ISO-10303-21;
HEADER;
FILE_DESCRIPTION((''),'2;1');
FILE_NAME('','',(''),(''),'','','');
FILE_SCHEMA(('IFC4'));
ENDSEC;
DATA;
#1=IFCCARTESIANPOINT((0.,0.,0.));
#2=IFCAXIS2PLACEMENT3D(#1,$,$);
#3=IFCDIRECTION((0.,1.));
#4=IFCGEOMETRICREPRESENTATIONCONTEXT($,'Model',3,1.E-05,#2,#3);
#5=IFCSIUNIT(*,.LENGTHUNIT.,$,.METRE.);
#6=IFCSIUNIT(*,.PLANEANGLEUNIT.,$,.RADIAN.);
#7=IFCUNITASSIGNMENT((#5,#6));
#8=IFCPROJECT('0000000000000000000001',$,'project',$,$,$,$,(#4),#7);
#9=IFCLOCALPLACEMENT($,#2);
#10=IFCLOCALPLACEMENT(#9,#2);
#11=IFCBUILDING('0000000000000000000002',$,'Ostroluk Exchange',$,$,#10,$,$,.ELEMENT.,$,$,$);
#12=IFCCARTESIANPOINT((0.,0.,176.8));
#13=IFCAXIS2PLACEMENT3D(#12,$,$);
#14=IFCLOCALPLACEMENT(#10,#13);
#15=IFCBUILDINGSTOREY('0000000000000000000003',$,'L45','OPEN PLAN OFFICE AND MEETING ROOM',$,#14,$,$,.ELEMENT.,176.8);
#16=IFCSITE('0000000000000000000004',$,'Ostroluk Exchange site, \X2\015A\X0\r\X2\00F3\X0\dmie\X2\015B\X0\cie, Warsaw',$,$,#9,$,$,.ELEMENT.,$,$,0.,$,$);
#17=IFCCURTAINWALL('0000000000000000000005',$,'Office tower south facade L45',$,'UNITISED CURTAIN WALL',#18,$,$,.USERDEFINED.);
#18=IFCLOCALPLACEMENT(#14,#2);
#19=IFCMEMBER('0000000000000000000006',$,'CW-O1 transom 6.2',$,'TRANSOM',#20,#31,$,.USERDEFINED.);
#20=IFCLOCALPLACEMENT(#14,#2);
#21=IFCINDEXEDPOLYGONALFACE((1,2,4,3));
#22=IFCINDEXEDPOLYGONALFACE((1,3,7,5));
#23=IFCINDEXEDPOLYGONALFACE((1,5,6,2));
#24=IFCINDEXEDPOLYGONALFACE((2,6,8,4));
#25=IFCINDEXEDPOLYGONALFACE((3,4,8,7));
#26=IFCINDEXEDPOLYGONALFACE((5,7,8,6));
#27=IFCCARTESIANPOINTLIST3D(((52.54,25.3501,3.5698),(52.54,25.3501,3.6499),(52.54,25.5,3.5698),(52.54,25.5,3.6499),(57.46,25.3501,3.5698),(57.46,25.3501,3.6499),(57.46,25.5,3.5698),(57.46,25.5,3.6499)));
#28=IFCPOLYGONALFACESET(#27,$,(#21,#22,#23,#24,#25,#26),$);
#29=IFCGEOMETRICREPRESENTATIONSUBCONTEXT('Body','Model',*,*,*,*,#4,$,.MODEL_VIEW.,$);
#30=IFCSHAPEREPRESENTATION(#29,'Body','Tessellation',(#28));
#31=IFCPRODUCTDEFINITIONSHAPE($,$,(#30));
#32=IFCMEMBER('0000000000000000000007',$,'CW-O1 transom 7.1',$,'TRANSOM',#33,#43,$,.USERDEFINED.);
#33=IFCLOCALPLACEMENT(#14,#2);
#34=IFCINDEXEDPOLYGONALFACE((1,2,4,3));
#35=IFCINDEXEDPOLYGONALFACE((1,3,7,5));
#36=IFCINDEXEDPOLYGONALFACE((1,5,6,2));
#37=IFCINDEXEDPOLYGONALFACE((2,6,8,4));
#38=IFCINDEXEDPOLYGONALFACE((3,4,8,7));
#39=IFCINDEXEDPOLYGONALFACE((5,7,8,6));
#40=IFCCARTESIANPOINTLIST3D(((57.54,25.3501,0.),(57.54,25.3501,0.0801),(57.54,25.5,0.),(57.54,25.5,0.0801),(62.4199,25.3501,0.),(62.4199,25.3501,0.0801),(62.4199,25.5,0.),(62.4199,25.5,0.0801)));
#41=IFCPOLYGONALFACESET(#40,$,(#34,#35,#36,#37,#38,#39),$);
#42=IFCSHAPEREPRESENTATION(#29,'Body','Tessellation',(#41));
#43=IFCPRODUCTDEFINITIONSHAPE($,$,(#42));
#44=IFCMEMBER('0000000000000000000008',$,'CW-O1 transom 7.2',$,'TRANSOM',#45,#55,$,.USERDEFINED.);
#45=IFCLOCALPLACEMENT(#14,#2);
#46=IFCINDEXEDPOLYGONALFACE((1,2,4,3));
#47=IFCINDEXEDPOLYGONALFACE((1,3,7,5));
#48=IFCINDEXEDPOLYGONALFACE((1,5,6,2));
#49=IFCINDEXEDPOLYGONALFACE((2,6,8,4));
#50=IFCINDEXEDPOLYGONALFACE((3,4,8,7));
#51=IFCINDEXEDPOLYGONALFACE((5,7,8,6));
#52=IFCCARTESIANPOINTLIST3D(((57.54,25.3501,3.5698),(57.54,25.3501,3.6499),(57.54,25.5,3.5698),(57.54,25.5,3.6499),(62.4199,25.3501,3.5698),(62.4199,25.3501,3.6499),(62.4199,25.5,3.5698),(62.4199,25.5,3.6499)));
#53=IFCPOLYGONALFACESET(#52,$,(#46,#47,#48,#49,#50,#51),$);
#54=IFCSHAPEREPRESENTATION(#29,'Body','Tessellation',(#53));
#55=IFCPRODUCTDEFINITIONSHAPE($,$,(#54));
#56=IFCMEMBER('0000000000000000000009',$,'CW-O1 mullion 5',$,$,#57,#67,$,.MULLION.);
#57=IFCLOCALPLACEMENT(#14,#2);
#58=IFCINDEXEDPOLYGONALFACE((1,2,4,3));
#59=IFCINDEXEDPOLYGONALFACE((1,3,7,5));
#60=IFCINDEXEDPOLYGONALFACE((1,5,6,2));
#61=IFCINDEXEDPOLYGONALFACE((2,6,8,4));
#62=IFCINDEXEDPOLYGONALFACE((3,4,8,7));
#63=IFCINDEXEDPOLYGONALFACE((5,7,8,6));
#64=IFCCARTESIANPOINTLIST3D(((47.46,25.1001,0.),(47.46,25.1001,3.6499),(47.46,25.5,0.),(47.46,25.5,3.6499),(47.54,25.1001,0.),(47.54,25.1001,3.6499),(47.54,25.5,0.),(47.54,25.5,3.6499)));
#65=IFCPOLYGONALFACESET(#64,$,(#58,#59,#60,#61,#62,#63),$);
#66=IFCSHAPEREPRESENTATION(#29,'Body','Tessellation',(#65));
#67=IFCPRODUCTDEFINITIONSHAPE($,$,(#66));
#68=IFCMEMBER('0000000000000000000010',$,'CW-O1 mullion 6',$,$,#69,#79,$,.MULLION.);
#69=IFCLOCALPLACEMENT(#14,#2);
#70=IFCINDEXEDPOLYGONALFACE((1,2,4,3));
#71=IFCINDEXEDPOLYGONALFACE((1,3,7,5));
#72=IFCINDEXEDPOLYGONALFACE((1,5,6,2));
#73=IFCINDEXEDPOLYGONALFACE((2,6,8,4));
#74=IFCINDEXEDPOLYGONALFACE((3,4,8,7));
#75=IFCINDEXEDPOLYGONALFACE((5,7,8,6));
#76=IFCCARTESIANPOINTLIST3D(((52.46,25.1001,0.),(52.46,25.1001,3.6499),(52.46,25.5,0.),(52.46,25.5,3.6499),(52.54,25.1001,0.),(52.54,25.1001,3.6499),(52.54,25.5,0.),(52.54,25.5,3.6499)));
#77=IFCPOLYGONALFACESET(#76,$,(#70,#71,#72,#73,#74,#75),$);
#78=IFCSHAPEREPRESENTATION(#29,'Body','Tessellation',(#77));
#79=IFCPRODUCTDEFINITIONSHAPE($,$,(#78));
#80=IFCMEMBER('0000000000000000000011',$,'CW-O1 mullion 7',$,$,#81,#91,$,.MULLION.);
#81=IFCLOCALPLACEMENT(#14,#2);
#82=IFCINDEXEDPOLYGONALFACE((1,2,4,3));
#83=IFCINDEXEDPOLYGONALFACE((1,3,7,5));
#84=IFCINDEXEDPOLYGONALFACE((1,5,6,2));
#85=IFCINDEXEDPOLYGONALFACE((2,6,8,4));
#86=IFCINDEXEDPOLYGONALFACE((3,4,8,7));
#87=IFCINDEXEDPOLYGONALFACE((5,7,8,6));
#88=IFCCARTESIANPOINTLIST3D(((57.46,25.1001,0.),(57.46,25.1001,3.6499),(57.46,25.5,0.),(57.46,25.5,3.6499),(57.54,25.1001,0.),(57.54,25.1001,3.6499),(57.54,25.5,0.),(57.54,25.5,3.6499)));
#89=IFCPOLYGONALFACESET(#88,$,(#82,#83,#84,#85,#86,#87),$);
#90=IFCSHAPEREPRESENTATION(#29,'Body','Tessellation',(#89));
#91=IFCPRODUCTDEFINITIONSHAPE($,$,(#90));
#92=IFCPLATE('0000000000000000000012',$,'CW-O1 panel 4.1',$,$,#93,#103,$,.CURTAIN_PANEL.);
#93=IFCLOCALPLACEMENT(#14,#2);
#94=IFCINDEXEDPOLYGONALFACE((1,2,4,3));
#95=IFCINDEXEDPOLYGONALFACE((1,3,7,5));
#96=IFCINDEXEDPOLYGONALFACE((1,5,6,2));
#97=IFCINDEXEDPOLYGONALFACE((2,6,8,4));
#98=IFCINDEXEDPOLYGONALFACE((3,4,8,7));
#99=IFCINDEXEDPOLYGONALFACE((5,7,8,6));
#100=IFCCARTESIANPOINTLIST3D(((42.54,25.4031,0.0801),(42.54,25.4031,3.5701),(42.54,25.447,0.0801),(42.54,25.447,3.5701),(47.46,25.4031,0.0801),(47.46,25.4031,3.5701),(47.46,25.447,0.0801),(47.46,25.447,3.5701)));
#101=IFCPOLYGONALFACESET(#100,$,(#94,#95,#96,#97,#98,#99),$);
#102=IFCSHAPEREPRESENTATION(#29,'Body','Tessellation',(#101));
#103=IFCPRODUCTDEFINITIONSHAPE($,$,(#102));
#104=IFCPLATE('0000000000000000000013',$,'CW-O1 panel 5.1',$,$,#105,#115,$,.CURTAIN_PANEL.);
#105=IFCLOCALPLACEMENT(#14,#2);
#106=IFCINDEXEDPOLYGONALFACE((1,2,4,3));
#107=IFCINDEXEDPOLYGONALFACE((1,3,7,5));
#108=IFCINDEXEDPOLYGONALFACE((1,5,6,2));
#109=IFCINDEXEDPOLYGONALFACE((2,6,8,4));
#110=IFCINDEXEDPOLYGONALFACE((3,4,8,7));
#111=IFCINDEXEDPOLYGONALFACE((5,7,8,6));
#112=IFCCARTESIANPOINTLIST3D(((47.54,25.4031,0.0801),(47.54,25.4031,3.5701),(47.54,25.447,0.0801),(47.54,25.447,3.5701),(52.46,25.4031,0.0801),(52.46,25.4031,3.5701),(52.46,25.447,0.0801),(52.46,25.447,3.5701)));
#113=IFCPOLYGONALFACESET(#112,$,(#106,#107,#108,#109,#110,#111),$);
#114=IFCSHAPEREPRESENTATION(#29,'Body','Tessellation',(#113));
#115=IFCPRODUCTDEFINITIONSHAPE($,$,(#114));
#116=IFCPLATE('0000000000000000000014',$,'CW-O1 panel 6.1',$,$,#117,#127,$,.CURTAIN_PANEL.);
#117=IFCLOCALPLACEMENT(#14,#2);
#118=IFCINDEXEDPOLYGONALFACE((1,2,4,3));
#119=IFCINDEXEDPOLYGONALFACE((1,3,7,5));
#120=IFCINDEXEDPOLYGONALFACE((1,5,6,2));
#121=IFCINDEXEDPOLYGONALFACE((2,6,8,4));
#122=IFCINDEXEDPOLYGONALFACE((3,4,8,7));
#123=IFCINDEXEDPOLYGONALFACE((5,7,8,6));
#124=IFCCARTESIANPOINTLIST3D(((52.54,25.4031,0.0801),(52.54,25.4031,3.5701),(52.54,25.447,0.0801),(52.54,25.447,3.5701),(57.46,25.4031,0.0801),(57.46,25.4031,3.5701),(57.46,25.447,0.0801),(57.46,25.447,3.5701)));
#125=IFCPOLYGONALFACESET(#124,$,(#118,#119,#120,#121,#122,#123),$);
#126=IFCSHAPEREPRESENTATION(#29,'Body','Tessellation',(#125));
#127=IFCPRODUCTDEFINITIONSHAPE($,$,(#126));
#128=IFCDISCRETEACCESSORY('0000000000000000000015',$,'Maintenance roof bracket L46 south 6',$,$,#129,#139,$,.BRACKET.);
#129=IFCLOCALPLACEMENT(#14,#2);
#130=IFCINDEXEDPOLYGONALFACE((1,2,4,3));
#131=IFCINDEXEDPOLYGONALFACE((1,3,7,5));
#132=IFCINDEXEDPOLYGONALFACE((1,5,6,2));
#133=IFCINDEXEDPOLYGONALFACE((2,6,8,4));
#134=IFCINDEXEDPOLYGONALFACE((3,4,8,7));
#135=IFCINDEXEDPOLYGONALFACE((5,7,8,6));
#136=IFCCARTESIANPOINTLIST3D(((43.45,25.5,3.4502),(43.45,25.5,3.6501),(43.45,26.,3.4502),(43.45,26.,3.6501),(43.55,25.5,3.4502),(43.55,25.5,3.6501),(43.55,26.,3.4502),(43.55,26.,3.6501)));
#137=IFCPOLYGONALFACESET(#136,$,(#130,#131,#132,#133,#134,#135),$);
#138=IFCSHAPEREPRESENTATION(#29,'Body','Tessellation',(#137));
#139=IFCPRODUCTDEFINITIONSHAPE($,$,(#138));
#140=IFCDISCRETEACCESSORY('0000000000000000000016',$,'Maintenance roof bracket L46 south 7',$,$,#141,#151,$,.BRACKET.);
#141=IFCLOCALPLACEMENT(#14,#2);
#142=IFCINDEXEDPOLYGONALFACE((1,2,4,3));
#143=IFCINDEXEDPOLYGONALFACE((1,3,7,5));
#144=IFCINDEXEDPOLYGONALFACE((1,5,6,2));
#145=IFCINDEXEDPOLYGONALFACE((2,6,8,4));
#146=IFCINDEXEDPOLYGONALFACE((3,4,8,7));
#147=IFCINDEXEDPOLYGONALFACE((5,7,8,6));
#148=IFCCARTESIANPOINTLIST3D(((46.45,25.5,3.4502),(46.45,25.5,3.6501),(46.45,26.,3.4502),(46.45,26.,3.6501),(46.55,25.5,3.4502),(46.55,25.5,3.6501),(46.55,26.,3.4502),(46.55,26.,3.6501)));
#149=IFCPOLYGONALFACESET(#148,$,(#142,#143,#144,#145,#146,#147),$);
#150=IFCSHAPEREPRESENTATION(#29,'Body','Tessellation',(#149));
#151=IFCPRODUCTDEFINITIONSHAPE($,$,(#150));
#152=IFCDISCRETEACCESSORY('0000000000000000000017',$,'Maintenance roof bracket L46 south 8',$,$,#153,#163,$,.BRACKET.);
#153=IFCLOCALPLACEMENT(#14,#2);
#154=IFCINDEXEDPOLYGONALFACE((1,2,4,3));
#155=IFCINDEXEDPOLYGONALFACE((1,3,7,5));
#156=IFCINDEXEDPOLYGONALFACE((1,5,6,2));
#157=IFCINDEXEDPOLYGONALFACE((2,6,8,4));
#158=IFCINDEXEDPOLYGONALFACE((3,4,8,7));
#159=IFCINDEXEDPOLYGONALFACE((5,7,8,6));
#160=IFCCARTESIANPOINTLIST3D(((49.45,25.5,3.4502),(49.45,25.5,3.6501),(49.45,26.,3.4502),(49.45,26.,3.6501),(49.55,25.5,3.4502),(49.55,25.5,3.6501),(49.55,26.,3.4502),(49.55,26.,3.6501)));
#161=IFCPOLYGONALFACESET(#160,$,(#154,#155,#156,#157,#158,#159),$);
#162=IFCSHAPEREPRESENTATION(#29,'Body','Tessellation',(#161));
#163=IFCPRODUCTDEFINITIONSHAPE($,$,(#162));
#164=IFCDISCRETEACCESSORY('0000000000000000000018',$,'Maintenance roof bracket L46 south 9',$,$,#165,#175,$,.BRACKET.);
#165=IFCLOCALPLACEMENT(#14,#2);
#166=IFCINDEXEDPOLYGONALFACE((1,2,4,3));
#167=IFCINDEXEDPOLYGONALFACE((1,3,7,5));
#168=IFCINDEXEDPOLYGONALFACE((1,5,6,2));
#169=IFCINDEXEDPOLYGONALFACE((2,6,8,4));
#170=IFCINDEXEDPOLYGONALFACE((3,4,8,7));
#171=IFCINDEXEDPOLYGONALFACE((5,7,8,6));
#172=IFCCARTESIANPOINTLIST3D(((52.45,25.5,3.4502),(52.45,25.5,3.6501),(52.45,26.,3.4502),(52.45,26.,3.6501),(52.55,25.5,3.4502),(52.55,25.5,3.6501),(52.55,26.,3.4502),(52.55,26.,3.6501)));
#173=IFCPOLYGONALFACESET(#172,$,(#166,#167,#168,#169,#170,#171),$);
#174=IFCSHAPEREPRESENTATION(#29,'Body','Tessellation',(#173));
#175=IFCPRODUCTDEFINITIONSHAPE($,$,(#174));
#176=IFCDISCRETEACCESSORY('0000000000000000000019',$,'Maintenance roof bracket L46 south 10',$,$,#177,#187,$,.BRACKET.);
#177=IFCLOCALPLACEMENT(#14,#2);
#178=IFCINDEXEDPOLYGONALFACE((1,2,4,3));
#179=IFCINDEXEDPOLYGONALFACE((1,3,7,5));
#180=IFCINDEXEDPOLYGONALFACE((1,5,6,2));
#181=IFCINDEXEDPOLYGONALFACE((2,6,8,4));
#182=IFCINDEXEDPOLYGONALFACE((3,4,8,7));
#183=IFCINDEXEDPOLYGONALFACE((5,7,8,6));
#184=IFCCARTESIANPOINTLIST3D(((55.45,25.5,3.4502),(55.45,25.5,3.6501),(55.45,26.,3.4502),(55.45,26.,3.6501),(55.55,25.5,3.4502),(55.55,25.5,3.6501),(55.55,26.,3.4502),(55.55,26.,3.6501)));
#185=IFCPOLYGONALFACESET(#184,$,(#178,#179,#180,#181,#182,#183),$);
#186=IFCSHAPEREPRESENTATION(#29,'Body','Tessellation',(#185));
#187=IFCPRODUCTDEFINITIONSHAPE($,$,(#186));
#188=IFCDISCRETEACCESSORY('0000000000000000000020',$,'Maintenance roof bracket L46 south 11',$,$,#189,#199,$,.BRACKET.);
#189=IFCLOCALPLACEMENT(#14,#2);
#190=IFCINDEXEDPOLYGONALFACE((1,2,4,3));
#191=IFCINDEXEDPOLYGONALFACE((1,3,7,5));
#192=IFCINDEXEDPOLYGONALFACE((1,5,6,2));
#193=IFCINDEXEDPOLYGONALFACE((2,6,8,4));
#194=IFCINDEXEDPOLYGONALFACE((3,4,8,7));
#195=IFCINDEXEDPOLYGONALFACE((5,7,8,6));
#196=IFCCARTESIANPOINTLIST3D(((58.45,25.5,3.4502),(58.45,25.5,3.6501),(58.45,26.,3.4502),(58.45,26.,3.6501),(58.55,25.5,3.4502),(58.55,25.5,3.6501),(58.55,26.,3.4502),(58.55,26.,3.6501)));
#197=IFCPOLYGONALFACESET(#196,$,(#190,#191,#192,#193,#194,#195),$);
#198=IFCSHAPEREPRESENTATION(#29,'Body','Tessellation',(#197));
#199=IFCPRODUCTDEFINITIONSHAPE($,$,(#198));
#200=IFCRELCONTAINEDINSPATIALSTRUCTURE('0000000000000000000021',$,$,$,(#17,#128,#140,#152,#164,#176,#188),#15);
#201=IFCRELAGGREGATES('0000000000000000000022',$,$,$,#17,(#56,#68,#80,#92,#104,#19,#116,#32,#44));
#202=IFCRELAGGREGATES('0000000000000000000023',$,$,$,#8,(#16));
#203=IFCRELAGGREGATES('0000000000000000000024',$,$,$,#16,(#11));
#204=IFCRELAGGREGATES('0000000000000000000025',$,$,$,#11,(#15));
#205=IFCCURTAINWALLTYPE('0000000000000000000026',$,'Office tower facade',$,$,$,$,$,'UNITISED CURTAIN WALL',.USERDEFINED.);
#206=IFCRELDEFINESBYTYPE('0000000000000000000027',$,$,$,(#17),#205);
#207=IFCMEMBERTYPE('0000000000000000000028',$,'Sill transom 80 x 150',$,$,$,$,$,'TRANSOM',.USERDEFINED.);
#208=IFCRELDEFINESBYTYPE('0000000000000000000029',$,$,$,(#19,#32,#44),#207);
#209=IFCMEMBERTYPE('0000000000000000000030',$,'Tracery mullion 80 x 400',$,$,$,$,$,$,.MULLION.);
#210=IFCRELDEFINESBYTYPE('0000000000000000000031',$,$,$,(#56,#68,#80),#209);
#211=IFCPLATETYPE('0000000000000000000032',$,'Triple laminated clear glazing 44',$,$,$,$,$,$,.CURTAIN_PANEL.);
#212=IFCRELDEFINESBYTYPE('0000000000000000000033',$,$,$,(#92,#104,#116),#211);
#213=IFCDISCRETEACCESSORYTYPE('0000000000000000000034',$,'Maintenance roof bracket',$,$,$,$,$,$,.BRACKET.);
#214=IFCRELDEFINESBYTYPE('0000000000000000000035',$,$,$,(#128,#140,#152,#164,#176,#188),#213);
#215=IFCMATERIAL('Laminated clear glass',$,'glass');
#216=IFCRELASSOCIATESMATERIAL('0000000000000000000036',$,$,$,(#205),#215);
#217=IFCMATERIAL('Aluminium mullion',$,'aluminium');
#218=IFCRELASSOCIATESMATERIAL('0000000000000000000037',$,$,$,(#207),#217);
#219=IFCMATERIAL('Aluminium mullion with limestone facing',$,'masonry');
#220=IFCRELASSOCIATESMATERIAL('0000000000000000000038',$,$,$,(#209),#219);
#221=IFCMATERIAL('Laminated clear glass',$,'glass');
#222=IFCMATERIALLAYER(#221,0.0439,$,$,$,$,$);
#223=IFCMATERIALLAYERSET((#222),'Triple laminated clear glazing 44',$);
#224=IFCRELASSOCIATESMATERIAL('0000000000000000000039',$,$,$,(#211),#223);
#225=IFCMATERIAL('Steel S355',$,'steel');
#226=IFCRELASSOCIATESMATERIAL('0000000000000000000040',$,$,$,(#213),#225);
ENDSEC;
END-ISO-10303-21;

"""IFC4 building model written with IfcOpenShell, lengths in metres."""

from ifc_helpers import new_model, si_unit, direction, frame, origin, origin_2d, place, context, subcontext, project, spatial, rectangle, extrude, material, layer, layer_set, material_profile, profile_set, type_object, element, aggregate, save


model = new_model("IFC4")

# Units and contexts
model_context = context("Model", 3, precision=1e-05, world=origin(), true_north=direction((0.0, 1.0)))
body_context = subcontext(model_context, "Body", "Model", "MODEL_VIEW")
ifc_project = project(units=[si_unit("LENGTHUNIT", "METRE"), si_unit("PLANEANGLEUNIT", "RADIAN")], contexts=[model_context])

# Site, building, storey
site_placement = place(None, origin())
site = spatial("IfcSite", under=ifc_project, at=site_placement, Name="Ostroluk Exchange site, Śródmieście, Warsaw", CompositionType="ELEMENT", RefElevation=0.0)
building_placement = place(site_placement, origin())
building = spatial("IfcBuilding", under=site, at=building_placement, Name="Ostroluk Exchange", CompositionType="ELEMENT")
storey_placement = place(building_placement, frame((0.0, 0.0, 176.8)))
storey = spatial("IfcBuildingStorey", under=building, at=storey_placement, Name="L45", Description="OPEN PLAN OFFICE AND MEETING ROOM", CompositionType="ELEMENT", Elevation=176.8)

# Curtain wall, members, plates
ifc_material_1 = material(Name="Laminated clear glass", Category="glass")
curtain_wall_type = type_object("IfcCurtainWallType", Name="Office tower facade", ElementType="UNITISED CURTAIN WALL", PredefinedType="USERDEFINED", material=ifc_material_1)
curtain_wall_placement = place(storey_placement, origin())
curtain_wall = element("IfcCurtainWall", 1, at=curtain_wall_placement, inside=storey, type_object=curtain_wall_type, Name="Office tower south facade L45", ObjectType="UNITISED CURTAIN WALL", PredefinedType="USERDEFINED")
ifc_material_2 = material(Name="Aluminium mullion", Category="aluminium")
ifc_material_profile_1 = material_profile(ifc_material_2, rectangle(XDim=0.1499, YDim=0.0801, at=origin_2d()), Name="Sill transom 80 x 150")
ifc_profile_set_1 = profile_set([ifc_material_profile_1], Name="Aluminium mullion")
member_type_1 = type_object("IfcMemberType", Name="Sill transom 80 x 150", ElementType="TRANSOM", PredefinedType="USERDEFINED", material=ifc_profile_set_1)
member_1_placement = place(storey_placement, frame((52.54, 25.425, 3.6099), z_axis=(1.0, 0.0, 0.0), x_axis=(0.0, 1.0, 0.0)))
member_1 = element("IfcMember", 2, at=member_1_placement, type_object=member_type_1, Name="CW-O1 transom 6.2", ObjectType="TRANSOM", PredefinedType="USERDEFINED", context=body_context, shape_type="SweptSolid", body=[
    extrude(rectangle(XDim=0.1499, YDim=0.0801, at=origin_2d()), origin(), (0.0, 0.0, 1.0), 4.9199),
])
member_2_placement = place(storey_placement, frame((57.54, 25.425, 0.04), z_axis=(1.0, 0.0, 0.0), x_axis=(0.0, 1.0, 0.0)))
member_2 = element("IfcMember", 3, at=member_2_placement, type_object=member_type_1, Name="CW-O1 transom 7.1", ObjectType="TRANSOM", PredefinedType="USERDEFINED", context=body_context, shape_type="SweptSolid", body=[
    extrude(rectangle(XDim=0.1499, YDim=0.0801, at=origin_2d()), origin(), (0.0, 0.0, 1.0), 4.8799),
])
member_3_placement = place(storey_placement, frame((57.54, 25.425, 3.6099), z_axis=(1.0, 0.0, 0.0), x_axis=(0.0, 1.0, 0.0)))
member_3 = element("IfcMember", 4, at=member_3_placement, type_object=member_type_1, Name="CW-O1 transom 7.2", ObjectType="TRANSOM", PredefinedType="USERDEFINED", context=body_context, shape_type="SweptSolid", body=[
    extrude(rectangle(XDim=0.1499, YDim=0.0801, at=origin_2d()), origin(), (0.0, 0.0, 1.0), 4.8799),
])
ifc_material_3 = material(Name="Aluminium mullion with limestone facing", Category="masonry")
ifc_material_profile_2 = material_profile(ifc_material_3, rectangle(XDim=0.3999, YDim=0.0801, at=origin_2d()), Name="Tracery mullion 80 x 400")
ifc_profile_set_2 = profile_set([ifc_material_profile_2], Name="Aluminium mullion with limestone facing")
member_type_2 = type_object("IfcMemberType", Name="Tracery mullion 80 x 400", PredefinedType="MULLION", material=ifc_profile_set_2)
member_4_placement = place(storey_placement, frame((47.5, 25.3, 0.0), z_axis=(0.0, 0.0, 1.0), x_axis=(0.0, 1.0, 0.0)))
member_4 = element("IfcMember", 5, at=member_4_placement, type_object=member_type_2, Name="CW-O1 mullion 5", PredefinedType="MULLION", context=body_context, shape_type="SweptSolid", body=[
    extrude(rectangle(XDim=0.3999, YDim=0.0801, at=origin_2d()), origin(), (0.0, 0.0, 1.0), 3.6499),
])
member_5_placement = place(storey_placement, frame((52.5, 25.3, 0.0), z_axis=(0.0, 0.0, 1.0), x_axis=(0.0, 1.0, 0.0)))
member_5 = element("IfcMember", 6, at=member_5_placement, type_object=member_type_2, Name="CW-O1 mullion 6", PredefinedType="MULLION", context=body_context, shape_type="SweptSolid", body=[
    extrude(rectangle(XDim=0.3999, YDim=0.0801, at=origin_2d()), origin(), (0.0, 0.0, 1.0), 3.6499),
])
member_6_placement = place(storey_placement, frame((57.5, 25.3, 0.0), z_axis=(0.0, 0.0, 1.0), x_axis=(0.0, 1.0, 0.0)))
member_6 = element("IfcMember", 7, at=member_6_placement, type_object=member_type_2, Name="CW-O1 mullion 7", PredefinedType="MULLION", context=body_context, shape_type="SweptSolid", body=[
    extrude(rectangle(XDim=0.3999, YDim=0.0801, at=origin_2d()), origin(), (0.0, 0.0, 1.0), 3.6499),
])
ifc_material_4 = material(Name="Laminated clear glass", Category="glass")
ifc_layer = layer(ifc_material_4, 0.0439)
ifc_layer_set = layer_set([ifc_layer], Name="Triple laminated clear glazing 44")
plate_type = type_object("IfcPlateType", Name="Triple laminated clear glazing 44", PredefinedType="CURTAIN_PANEL", material=ifc_layer_set)
plate_1_placement = place(storey_placement, frame((45.0, 25.425, 0.0801), z_axis=(0.0, 0.0, 1.0), x_axis=(1.0, 0.0, 0.0)))
plate_1 = element("IfcPlate", 8, at=plate_1_placement, type_object=plate_type, Name="CW-O1 panel 4.1", PredefinedType="CURTAIN_PANEL", context=body_context, shape_type="SweptSolid", body=[
    extrude(rectangle(XDim=4.9199, YDim=0.0439, at=origin_2d()), origin(), (0.0, 0.0, 1.0), 3.49),
])
plate_2_placement = place(storey_placement, frame((50.0, 25.425, 0.0801), z_axis=(0.0, 0.0, 1.0), x_axis=(1.0, 0.0, 0.0)))
plate_2 = element("IfcPlate", 9, at=plate_2_placement, type_object=plate_type, Name="CW-O1 panel 5.1", PredefinedType="CURTAIN_PANEL", context=body_context, shape_type="SweptSolid", body=[
    extrude(rectangle(XDim=4.9199, YDim=0.0439, at=origin_2d()), origin(), (0.0, 0.0, 1.0), 3.49),
])
plate_3_placement = place(storey_placement, frame((55.0, 25.425, 0.0801), z_axis=(0.0, 0.0, 1.0), x_axis=(1.0, 0.0, 0.0)))
plate_3 = element("IfcPlate", 10, at=plate_3_placement, type_object=plate_type, Name="CW-O1 panel 6.1", PredefinedType="CURTAIN_PANEL", context=body_context, shape_type="SweptSolid", body=[
    extrude(rectangle(XDim=4.9199, YDim=0.0439, at=origin_2d()), origin(), (0.0, 0.0, 1.0), 3.49),
])
aggregate(curtain_wall, [member_4, member_5, member_6, plate_1, plate_2, member_1, plate_3, member_2, member_3])

# Discrete accessories
ifc_material_5 = material(Name="Steel S355", Category="steel")
discrete_accessory_type = type_object("IfcDiscreteAccessoryType", Name="Maintenance roof bracket", PredefinedType="BRACKET", material=ifc_material_5)
for number, where, z_axis, x_axis, name in (
    (11, (43.5, 25.75, 3.4502), (0.0, 0.0, 1.0), (1.0, 0.0, 0.0), "Maintenance roof bracket L46 south 6"),
    (12, (46.5, 25.75, 3.4502), (0.0, 0.0, 1.0), (1.0, 0.0, 0.0), "Maintenance roof bracket L46 south 7"),
    (13, (49.5, 25.75, 3.4502), (0.0, 0.0, 1.0), (1.0, 0.0, 0.0), "Maintenance roof bracket L46 south 8"),
    (14, (52.5, 25.75, 3.4502), (0.0, 0.0, 1.0), (1.0, 0.0, 0.0), "Maintenance roof bracket L46 south 9"),
    (15, (55.5, 25.75, 3.4502), (0.0, 0.0, 1.0), (1.0, 0.0, 0.0), "Maintenance roof bracket L46 south 10"),
    (16, (58.5, 25.75, 3.4502), (0.0, 0.0, 1.0), (1.0, 0.0, 0.0), "Maintenance roof bracket L46 south 11"),
):
    element("IfcDiscreteAccessory", number, at=place(storey_placement, frame(where, z_axis=z_axis, x_axis=x_axis)), inside=storey, type_object=discrete_accessory_type, Name=name, PredefinedType="BRACKET", context=body_context, shape_type="SweptSolid", body=[
        extrude(rectangle(XDim=0.1001, YDim=0.5, at=origin_2d()), origin(), (0.0, 0.0, 1.0), 0.2),
    ])

save(model, "model.ifc")
